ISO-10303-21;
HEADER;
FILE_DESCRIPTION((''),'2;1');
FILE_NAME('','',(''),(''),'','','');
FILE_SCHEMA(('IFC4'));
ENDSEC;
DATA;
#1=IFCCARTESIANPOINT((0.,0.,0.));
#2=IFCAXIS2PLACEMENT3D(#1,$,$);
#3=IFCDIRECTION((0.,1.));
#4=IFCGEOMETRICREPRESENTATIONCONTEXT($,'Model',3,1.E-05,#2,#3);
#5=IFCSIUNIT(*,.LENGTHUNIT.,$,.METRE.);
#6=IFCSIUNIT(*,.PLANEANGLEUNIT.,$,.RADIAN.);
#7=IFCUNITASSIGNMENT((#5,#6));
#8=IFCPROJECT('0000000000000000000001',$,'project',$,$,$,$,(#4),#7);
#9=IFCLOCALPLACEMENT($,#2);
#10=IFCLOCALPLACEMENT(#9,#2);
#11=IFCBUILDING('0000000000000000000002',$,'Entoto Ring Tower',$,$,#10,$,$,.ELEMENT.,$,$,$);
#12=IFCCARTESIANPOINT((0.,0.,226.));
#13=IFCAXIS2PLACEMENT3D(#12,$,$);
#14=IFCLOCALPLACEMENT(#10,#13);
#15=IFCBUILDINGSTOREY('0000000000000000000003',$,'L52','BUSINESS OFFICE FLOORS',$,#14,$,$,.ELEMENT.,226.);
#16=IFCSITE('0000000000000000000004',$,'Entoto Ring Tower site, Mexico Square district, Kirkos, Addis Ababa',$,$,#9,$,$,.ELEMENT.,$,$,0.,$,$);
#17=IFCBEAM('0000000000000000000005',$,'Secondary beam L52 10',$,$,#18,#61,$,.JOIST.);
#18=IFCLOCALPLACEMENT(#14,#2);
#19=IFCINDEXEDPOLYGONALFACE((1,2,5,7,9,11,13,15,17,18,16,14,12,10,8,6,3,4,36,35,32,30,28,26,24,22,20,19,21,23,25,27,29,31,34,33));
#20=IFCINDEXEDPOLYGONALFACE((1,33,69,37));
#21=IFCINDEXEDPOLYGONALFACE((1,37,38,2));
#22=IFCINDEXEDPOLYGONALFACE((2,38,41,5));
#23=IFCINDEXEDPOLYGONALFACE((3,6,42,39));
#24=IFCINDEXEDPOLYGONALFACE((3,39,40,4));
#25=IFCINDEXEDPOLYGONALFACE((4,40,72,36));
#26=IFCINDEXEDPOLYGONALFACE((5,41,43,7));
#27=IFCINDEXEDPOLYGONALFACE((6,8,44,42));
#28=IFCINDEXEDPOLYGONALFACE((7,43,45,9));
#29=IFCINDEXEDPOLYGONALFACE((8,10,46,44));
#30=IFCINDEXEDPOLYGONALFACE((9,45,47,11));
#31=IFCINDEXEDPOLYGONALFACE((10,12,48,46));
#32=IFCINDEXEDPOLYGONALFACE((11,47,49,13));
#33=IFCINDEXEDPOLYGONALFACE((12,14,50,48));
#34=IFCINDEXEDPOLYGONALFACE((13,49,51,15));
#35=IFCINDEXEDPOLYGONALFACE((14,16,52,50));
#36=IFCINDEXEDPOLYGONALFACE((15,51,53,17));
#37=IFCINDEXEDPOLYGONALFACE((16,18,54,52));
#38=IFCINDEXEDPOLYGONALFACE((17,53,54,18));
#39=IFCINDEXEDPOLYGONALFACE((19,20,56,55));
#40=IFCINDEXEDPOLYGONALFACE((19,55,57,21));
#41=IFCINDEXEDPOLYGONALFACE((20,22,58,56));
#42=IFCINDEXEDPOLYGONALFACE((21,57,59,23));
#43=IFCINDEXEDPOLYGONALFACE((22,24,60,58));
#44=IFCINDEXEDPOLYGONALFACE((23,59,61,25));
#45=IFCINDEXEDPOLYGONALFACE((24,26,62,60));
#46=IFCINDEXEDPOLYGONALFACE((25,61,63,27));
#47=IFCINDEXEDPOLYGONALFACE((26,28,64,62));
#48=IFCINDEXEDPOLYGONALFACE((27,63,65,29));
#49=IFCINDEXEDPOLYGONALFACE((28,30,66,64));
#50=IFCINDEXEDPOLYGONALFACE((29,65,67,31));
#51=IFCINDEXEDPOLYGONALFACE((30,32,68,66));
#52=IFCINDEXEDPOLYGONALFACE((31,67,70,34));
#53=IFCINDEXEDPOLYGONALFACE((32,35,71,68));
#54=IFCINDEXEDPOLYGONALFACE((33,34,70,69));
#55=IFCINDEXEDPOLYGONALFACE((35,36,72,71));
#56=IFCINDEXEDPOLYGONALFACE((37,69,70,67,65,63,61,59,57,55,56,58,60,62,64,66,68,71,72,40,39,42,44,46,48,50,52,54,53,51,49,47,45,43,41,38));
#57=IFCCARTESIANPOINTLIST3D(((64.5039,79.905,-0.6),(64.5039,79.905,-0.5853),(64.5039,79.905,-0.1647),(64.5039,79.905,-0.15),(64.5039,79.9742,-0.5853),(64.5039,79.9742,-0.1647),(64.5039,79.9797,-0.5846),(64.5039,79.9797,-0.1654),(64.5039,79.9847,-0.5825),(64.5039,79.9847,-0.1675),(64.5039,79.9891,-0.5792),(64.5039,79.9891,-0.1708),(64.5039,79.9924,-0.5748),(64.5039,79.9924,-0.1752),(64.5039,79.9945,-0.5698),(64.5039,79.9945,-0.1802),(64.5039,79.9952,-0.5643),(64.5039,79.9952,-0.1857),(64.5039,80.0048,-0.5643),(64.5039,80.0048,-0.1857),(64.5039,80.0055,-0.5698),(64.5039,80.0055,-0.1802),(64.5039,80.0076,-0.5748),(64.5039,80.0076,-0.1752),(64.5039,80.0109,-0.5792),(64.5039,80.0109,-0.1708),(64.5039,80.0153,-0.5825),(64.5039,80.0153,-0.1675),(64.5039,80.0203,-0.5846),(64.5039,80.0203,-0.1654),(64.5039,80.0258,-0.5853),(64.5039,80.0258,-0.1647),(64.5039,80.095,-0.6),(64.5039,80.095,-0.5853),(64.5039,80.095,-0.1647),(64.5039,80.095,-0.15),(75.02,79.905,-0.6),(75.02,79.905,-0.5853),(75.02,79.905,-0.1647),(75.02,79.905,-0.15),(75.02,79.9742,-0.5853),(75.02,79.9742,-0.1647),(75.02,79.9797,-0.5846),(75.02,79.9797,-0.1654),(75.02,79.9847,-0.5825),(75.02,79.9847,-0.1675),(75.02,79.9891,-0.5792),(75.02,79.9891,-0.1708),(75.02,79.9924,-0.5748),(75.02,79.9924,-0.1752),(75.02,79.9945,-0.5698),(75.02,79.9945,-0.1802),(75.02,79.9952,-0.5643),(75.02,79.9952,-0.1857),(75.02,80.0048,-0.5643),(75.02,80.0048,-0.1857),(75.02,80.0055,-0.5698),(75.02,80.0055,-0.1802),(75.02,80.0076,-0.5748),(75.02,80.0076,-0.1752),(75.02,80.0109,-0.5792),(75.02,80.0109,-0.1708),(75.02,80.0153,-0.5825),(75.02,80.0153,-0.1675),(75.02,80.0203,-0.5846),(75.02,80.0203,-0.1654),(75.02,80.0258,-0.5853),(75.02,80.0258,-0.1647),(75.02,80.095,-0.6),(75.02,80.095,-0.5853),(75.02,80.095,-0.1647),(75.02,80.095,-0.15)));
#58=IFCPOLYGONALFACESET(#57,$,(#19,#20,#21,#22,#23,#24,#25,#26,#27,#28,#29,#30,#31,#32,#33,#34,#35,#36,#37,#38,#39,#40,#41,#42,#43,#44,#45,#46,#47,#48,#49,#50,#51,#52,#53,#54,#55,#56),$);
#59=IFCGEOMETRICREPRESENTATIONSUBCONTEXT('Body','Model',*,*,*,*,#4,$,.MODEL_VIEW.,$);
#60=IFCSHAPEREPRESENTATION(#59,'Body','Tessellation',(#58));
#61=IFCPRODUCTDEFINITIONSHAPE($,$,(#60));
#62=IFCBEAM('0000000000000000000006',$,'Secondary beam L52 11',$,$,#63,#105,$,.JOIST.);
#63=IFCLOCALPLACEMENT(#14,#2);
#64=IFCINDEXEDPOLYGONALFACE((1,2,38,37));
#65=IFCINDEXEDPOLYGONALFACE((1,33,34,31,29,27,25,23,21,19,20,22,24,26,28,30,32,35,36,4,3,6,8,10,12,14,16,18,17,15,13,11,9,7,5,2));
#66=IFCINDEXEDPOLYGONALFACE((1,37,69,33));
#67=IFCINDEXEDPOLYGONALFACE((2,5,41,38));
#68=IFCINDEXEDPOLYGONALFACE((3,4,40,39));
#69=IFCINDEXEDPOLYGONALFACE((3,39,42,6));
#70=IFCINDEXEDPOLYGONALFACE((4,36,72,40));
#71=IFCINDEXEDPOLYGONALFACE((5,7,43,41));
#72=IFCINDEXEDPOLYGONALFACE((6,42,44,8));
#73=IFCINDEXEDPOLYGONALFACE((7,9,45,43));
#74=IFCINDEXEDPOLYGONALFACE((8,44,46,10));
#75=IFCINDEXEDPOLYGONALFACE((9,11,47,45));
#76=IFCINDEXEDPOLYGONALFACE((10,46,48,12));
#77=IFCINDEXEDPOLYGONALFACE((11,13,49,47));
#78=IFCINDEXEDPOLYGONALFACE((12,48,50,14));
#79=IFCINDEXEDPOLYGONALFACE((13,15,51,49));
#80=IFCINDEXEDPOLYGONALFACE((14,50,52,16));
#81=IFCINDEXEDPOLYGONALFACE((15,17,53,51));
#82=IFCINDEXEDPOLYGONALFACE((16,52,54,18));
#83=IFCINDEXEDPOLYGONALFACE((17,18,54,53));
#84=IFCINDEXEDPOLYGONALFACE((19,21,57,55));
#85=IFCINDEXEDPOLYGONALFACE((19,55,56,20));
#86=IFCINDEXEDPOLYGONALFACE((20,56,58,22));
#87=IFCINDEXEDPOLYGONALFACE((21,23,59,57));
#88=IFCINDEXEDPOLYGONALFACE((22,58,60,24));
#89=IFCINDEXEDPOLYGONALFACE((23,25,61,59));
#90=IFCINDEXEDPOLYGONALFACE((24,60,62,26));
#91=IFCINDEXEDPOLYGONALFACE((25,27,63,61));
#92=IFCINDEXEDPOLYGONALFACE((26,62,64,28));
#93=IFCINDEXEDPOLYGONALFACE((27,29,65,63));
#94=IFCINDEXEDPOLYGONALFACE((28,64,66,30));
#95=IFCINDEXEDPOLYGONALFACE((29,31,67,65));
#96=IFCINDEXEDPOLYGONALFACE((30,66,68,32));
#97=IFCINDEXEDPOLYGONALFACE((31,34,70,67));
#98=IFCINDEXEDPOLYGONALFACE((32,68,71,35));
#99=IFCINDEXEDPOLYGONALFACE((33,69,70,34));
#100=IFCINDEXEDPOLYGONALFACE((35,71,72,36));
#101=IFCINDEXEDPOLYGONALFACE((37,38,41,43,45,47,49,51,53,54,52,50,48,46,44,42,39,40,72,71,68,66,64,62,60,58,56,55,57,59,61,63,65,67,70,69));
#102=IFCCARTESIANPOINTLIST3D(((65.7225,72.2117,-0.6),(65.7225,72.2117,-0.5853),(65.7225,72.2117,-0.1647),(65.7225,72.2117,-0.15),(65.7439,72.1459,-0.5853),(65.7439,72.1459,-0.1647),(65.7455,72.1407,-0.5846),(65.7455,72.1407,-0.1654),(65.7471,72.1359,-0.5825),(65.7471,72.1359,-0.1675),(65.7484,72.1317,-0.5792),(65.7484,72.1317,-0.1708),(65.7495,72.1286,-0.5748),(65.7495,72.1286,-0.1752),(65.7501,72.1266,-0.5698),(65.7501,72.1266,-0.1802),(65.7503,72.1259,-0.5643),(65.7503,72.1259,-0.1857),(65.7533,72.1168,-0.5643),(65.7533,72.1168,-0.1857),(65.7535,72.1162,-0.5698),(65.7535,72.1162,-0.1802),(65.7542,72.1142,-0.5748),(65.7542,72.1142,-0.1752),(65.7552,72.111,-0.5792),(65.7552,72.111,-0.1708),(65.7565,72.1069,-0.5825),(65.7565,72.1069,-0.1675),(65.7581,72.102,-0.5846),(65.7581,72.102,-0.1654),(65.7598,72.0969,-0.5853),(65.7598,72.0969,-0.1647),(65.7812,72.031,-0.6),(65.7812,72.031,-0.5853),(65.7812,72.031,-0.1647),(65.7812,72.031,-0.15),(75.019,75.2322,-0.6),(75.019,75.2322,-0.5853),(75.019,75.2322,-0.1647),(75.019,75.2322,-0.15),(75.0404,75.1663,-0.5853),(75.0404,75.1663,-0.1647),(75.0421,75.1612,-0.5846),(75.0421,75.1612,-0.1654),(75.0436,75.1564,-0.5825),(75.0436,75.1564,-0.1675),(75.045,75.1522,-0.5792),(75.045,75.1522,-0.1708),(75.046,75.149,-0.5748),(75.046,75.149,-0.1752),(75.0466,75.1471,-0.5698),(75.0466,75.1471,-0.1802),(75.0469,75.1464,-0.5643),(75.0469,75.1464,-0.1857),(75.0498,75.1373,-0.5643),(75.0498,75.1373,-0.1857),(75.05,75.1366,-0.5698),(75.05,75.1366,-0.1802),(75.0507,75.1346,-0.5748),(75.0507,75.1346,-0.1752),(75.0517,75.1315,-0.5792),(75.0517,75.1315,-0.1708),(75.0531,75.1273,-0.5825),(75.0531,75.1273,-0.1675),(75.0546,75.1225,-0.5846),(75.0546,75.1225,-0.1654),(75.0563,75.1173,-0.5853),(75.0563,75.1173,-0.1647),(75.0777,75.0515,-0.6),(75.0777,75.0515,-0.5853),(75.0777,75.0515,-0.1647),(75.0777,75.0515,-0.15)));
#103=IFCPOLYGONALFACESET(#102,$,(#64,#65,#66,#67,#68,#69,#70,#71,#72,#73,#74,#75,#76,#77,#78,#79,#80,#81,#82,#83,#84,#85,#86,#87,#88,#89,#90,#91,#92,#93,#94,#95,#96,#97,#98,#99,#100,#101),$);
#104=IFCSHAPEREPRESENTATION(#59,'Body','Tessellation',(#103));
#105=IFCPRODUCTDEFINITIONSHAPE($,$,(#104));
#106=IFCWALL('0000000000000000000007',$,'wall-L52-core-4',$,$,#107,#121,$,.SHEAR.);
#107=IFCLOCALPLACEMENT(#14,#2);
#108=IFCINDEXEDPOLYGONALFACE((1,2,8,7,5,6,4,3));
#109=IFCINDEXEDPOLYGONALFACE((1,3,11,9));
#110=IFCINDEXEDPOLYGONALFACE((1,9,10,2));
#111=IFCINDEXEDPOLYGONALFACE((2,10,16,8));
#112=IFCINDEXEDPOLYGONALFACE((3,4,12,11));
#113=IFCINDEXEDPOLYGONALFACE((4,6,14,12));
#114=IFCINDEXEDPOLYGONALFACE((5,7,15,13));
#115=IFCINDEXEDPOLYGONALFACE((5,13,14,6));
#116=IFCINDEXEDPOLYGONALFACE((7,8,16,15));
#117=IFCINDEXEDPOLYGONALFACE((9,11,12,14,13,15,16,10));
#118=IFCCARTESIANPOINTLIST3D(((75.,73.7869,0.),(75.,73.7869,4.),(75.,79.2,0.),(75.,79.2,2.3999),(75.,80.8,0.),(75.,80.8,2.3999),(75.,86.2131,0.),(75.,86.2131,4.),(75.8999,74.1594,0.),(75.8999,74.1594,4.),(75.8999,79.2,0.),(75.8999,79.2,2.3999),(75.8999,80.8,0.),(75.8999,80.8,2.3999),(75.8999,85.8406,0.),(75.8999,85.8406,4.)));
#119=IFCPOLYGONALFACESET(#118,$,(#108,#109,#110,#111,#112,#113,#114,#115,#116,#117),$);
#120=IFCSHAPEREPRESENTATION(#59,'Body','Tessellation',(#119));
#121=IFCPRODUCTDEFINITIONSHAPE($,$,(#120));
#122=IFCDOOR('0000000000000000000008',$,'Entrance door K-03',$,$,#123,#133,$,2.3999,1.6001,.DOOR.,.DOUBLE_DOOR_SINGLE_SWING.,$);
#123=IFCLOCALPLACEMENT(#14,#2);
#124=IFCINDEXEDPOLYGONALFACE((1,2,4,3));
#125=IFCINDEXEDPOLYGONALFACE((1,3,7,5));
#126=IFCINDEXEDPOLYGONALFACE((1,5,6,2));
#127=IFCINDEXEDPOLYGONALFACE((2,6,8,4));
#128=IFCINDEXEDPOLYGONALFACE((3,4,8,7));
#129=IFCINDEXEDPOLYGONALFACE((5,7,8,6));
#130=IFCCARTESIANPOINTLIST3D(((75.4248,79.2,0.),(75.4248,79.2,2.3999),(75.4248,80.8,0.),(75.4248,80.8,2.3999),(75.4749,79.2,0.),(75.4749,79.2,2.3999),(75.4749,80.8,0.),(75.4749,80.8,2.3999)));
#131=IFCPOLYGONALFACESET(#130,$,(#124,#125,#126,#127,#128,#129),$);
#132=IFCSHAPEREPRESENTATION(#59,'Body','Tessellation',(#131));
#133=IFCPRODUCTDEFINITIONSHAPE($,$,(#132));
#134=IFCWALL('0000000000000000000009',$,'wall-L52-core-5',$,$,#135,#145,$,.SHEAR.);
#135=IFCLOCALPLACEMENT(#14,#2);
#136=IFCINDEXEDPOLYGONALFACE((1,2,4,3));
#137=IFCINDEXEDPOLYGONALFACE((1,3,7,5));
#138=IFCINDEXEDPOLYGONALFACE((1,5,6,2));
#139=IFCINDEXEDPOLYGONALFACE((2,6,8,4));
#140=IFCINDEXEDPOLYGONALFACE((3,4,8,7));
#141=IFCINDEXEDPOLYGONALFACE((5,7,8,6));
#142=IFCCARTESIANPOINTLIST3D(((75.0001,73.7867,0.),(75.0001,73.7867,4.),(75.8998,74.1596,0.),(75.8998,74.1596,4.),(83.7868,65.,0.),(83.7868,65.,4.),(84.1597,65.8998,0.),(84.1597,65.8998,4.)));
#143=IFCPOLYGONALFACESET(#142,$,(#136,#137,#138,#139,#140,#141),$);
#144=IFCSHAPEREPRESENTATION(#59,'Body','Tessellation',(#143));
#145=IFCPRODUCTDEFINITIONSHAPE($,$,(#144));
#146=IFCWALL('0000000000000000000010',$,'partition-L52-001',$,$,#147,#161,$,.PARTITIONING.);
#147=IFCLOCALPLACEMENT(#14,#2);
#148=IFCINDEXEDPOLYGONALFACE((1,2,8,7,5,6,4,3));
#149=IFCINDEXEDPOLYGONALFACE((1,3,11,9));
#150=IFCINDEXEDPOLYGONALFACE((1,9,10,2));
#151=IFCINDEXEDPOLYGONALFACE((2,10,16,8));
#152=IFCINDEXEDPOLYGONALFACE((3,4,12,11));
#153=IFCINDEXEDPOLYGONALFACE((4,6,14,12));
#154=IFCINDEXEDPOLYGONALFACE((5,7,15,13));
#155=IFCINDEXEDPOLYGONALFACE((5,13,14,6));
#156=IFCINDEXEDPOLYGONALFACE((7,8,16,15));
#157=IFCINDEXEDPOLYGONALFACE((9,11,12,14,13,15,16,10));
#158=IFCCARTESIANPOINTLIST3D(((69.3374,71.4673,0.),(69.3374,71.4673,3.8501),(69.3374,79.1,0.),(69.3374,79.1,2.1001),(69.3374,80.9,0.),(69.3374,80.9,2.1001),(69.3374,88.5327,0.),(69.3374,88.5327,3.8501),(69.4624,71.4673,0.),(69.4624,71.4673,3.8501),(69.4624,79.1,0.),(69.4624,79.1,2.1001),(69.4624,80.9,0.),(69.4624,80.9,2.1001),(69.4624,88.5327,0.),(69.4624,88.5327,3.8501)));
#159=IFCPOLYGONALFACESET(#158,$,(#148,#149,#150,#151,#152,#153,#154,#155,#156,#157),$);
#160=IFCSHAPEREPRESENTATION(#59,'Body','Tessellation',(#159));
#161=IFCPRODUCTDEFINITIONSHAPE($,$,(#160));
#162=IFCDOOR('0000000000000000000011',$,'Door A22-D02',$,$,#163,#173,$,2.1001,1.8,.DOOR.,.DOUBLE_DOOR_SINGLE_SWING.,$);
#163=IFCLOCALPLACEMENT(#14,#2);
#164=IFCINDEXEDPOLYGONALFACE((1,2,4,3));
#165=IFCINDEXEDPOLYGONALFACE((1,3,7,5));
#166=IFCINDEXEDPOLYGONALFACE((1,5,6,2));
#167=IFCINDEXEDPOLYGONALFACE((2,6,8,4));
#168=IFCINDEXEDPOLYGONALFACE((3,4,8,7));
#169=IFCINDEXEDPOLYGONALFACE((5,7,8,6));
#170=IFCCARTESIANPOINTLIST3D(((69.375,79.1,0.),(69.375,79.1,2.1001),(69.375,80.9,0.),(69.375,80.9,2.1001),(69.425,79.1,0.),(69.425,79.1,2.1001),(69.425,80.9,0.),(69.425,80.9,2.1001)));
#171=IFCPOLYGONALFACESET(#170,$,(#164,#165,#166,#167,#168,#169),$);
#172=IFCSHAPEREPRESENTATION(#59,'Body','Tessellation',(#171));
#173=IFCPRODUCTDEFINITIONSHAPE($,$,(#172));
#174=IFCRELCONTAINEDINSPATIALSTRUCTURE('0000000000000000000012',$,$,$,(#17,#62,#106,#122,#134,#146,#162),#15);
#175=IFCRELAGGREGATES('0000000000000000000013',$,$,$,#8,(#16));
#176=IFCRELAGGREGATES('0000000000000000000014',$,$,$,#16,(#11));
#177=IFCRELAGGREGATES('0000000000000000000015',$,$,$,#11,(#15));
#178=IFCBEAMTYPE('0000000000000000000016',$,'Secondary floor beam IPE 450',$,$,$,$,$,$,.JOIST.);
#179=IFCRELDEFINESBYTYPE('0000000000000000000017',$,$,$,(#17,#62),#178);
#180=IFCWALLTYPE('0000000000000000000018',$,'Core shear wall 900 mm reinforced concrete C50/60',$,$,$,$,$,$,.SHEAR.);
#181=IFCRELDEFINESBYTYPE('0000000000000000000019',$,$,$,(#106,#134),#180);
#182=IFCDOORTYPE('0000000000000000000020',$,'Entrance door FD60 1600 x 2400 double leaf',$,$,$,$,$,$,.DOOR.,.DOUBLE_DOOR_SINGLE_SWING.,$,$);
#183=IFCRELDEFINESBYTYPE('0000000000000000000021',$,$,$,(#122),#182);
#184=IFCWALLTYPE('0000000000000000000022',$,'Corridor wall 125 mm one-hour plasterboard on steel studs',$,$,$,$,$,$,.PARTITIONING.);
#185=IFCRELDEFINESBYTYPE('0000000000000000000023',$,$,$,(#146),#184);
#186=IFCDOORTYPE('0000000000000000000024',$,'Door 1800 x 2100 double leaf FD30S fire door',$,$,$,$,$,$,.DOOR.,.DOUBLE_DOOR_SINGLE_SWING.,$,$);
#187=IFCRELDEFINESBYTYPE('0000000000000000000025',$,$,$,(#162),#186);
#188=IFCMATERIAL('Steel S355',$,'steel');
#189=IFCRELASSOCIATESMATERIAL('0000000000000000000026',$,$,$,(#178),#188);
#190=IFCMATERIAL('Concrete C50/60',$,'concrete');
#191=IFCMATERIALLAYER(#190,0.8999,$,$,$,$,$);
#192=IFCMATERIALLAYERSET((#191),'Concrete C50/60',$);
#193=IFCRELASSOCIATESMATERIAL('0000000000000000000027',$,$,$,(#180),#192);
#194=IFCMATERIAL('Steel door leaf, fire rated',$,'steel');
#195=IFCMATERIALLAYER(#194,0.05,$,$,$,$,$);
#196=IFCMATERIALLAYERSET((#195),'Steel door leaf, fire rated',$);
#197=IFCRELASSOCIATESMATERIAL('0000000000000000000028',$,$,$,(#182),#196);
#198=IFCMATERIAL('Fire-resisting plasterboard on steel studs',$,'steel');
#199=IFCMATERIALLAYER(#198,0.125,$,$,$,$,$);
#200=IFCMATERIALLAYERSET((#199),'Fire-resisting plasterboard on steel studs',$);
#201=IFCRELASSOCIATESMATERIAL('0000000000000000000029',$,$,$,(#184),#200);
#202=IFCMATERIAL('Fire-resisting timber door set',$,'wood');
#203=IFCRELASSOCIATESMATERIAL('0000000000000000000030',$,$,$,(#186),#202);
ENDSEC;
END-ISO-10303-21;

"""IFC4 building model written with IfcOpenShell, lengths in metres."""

from ifc_helpers import new_model, si_unit, direction, frame, frame_2d, origin, origin_2d, place, context, subcontext, project, spatial, polyline, rectangle, i_section, outline, extrude, material, layer, layer_set, material_profile, profile_set, type_object, element, fill, save


model = new_model("IFC4")

# Units and contexts
model_context = context("Model", 3, precision=1e-05, world=origin(), true_north=direction((0.0, 1.0)))
body_context = subcontext(model_context, "Body", "Model", "MODEL_VIEW")
ifc_project = project(units=[si_unit("LENGTHUNIT", "METRE"), si_unit("PLANEANGLEUNIT", "RADIAN")], contexts=[model_context])

# Site, building, storey
site_placement = place(None, origin())
site = spatial("IfcSite", under=ifc_project, at=site_placement, Name="Entoto Ring Tower site, Mexico Square district, Kirkos, Addis Ababa", CompositionType="ELEMENT", RefElevation=0.0)
building_placement = place(site_placement, origin())
building = spatial("IfcBuilding", under=site, at=building_placement, Name="Entoto Ring Tower", CompositionType="ELEMENT")
storey_placement = place(building_placement, frame((0.0, 0.0, 226.0)))
storey = spatial("IfcBuildingStorey", under=building, at=storey_placement, Name="L52", Description="BUSINESS OFFICE FLOORS", CompositionType="ELEMENT", Elevation=226.0)

# Beams
ifc_material_1 = material(Name="Steel S355", Category="steel")
ifc_material_profile_1 = material_profile(ifc_material_1, i_section(OverallWidth=0.1899, OverallDepth=0.45, WebThickness=0.0095, FlangeThickness=0.0146, FilletRadius=0.021, at=origin_2d()), Name="IPE 450")
ifc_profile_set_1 = profile_set([ifc_material_profile_1], Name="Steel S355")
beam_type_1 = type_object("IfcBeamType", Name="Secondary floor beam IPE 450", PredefinedType="JOIST", material=ifc_profile_set_1)
beam_1_placement = place(storey_placement, frame((75.02, 80.0, -0.375), z_axis=(-1.0, 0.0, 0.0), x_axis=(0.0, -1.0, 0.0)))
element("IfcBeam", 1, at=beam_1_placement, inside=storey, type_object=beam_type_1, Name="Secondary beam L52 10", PredefinedType="JOIST", context=body_context, shape_type="SweptSolid", body=[
    extrude(i_section(OverallWidth=0.1899, OverallDepth=0.45, WebThickness=0.0095, FlangeThickness=0.0146, FilletRadius=0.021, at=origin_2d()), origin(), (0.0, 0.0, 1.0), 10.5161),
])
beam_2_placement = place(storey_placement, frame((75.0483, 75.1418, -0.375), z_axis=(-0.951061, -0.309003, 0.0), x_axis=(0.309003, -0.951061, 0.0)))
element("IfcBeam", 2, at=beam_2_placement, inside=storey, type_object=beam_type_1, Name="Secondary beam L52 11", PredefinedType="JOIST", context=body_context, shape_type="SweptSolid", body=[
    extrude(i_section(OverallWidth=0.1899, OverallDepth=0.45, WebThickness=0.0095, FlangeThickness=0.0146, FilletRadius=0.021, at=origin_2d()), origin(), (0.0, 0.0, 1.0), 9.7749),
])

# Wall, opening, door
ifc_material_2 = material(Name="Concrete C50/60", Category="concrete")
ifc_layer_1 = layer(ifc_material_2, 0.8999)
ifc_layer_set_1 = layer_set([ifc_layer_1], Name="Concrete C50/60")
wall_type_1 = type_object("IfcWallType", Name="Core shear wall 900 mm reinforced concrete C50/60", PredefinedType="SHEAR", material=ifc_layer_set_1)
wall_1_placement = place(storey_placement, frame((75.45, 86.0269, 0.0), z_axis=(0.0, 0.0, 1.0), x_axis=(0.0, -1.0, 0.0)))
wall_1 = element("IfcWall", 3, at=wall_1_placement, inside=storey, type_object=wall_type_1, Name="wall-L52-core-4", PredefinedType="SHEAR", context=body_context, shape_type="SweptSolid", body=[
    extrude(outline(polyline([(-0.1863, -0.45), (12.24, -0.45), (11.8674, 0.45), (0.1863, 0.45), (-0.1863, -0.45)])), origin(), (0.0, 0.0, 1.0), 4.0),
])
opening_1_placement = place(wall_1_placement, frame((5.2268, 0.0, 0.0)))
opening_1 = element("IfcOpeningElement", 4, at=opening_1_placement, cuts=wall_1, PredefinedType="OPENING", context=body_context, shape_type="SweptSolid", body=[
    extrude(rectangle(XDim=1.6001, YDim=2.3999, at=frame_2d((0.8, 1.2))), frame((0.0, 0.46, 0.0), z_axis=(0.0, -1.0, 0.0), x_axis=(1.0, 0.0, 0.0)), (0.0, 0.0, 1.0), 0.9199),
])
ifc_material_3 = material(Name="Steel door leaf, fire rated", Category="steel")
ifc_layer_2 = layer(ifc_material_3, 0.05)
ifc_layer_set_2 = layer_set([ifc_layer_2], Name="Steel door leaf, fire rated")
door_type_1 = type_object("IfcDoorType", Name="Entrance door FD60 1600 x 2400 double leaf", OperationType="DOUBLE_DOOR_SINGLE_SWING", PredefinedType="DOOR", material=ifc_layer_set_2)
door_1_placement = place(opening_1_placement, origin())
door_1 = element("IfcDoor", 5, at=door_1_placement, inside=storey, type_object=door_type_1, Name="Entrance door K-03", OperationType="DOUBLE_DOOR_SINGLE_SWING", OverallHeight=2.3999, OverallWidth=1.6001, PredefinedType="DOOR", context=body_context, shape_type="SweptSolid", body=[
    extrude(rectangle(XDim=1.6001, YDim=2.3999, at=frame_2d((0.8, 1.2))), frame((0.0, 0.0249, 0.0), z_axis=(0.0, -1.0, 0.0), x_axis=(1.0, 0.0, 0.0)), (0.0, 0.0, 1.0), 0.05),
])
fill(opening_1, door_1)

# Wall
wall_2_placement = place(storey_placement, frame((75.45, 73.9731, 0.0), z_axis=(0.0, 0.0, 1.0), x_axis=(0.707107, -0.707107, 0.0)))
element("IfcWall", 6, at=wall_2_placement, inside=storey, type_object=wall_type_1, Name="wall-L52-core-5", PredefinedType="SHEAR", context=body_context, shape_type="SweptSolid", body=[
    extrude(outline(polyline([(-0.1863, -0.45), (12.24, -0.45), (11.8674, 0.45), (0.1863, 0.45), (-0.1863, -0.45)])), origin(), (0.0, 0.0, 1.0), 4.0),
])

# Wall, opening, door
ifc_material_4 = material(Name="Fire-resisting plasterboard on steel studs", Category="steel")
ifc_layer_3 = layer(ifc_material_4, 0.125)
ifc_layer_set_3 = layer_set([ifc_layer_3], Name="Fire-resisting plasterboard on steel studs")
wall_type_2 = type_object("IfcWallType", Name="Corridor wall 125 mm one-hour plasterboard on steel studs", PredefinedType="PARTITIONING", material=ifc_layer_set_3)
wall_3_placement = place(storey_placement, frame((69.3999, 71.4673, 0.0), z_axis=(0.0, 0.0, 1.0), x_axis=(0.0, 1.0, 0.0)))
wall_3 = element("IfcWall", 7, at=wall_3_placement, inside=storey, type_object=wall_type_2, Name="partition-L52-001", PredefinedType="PARTITIONING", context=body_context, shape_type="SweptSolid", body=[
    extrude(rectangle(XDim=17.0654, YDim=0.125, at=frame_2d((8.5327, 0.0))), origin(), (0.0, 0.0, 1.0), 3.8501),
])
opening_2_placement = place(wall_3_placement, frame((7.6328, 0.0, 0.0)))
opening_2 = element("IfcOpeningElement", 8, at=opening_2_placement, cuts=wall_3, PredefinedType="OPENING", context=body_context, shape_type="SweptSolid", body=[
    extrude(rectangle(XDim=1.8, YDim=2.1001, at=frame_2d((0.8999, 1.05))), frame((0.0, 0.0725, 0.0), z_axis=(0.0, -1.0, 0.0), x_axis=(1.0, 0.0, 0.0)), (0.0, 0.0, 1.0), 0.145),
])
ifc_material_5 = material(Name="Fire-resisting timber door set", Category="wood")
door_type_2 = type_object("IfcDoorType", Name="Door 1800 x 2100 double leaf FD30S fire door", OperationType="DOUBLE_DOOR_SINGLE_SWING", PredefinedType="DOOR", material=ifc_material_5)
door_2_placement = place(opening_2_placement, origin())
door_2 = element("IfcDoor", 9, at=door_2_placement, inside=storey, type_object=door_type_2, Name="Door A22-D02", OperationType="DOUBLE_DOOR_SINGLE_SWING", OverallHeight=2.1001, OverallWidth=1.8, PredefinedType="DOOR", context=body_context, shape_type="SweptSolid", body=[
    extrude(rectangle(XDim=1.8, YDim=2.1001, at=frame_2d((0.8999, 1.05))), frame((0.0, 0.0249, 0.0), z_axis=(0.0, -1.0, 0.0), x_axis=(1.0, 0.0, 0.0)), (0.0, 0.0, 1.0), 0.05),
])
fill(opening_2, door_2)

save(model, "model.ifc")
